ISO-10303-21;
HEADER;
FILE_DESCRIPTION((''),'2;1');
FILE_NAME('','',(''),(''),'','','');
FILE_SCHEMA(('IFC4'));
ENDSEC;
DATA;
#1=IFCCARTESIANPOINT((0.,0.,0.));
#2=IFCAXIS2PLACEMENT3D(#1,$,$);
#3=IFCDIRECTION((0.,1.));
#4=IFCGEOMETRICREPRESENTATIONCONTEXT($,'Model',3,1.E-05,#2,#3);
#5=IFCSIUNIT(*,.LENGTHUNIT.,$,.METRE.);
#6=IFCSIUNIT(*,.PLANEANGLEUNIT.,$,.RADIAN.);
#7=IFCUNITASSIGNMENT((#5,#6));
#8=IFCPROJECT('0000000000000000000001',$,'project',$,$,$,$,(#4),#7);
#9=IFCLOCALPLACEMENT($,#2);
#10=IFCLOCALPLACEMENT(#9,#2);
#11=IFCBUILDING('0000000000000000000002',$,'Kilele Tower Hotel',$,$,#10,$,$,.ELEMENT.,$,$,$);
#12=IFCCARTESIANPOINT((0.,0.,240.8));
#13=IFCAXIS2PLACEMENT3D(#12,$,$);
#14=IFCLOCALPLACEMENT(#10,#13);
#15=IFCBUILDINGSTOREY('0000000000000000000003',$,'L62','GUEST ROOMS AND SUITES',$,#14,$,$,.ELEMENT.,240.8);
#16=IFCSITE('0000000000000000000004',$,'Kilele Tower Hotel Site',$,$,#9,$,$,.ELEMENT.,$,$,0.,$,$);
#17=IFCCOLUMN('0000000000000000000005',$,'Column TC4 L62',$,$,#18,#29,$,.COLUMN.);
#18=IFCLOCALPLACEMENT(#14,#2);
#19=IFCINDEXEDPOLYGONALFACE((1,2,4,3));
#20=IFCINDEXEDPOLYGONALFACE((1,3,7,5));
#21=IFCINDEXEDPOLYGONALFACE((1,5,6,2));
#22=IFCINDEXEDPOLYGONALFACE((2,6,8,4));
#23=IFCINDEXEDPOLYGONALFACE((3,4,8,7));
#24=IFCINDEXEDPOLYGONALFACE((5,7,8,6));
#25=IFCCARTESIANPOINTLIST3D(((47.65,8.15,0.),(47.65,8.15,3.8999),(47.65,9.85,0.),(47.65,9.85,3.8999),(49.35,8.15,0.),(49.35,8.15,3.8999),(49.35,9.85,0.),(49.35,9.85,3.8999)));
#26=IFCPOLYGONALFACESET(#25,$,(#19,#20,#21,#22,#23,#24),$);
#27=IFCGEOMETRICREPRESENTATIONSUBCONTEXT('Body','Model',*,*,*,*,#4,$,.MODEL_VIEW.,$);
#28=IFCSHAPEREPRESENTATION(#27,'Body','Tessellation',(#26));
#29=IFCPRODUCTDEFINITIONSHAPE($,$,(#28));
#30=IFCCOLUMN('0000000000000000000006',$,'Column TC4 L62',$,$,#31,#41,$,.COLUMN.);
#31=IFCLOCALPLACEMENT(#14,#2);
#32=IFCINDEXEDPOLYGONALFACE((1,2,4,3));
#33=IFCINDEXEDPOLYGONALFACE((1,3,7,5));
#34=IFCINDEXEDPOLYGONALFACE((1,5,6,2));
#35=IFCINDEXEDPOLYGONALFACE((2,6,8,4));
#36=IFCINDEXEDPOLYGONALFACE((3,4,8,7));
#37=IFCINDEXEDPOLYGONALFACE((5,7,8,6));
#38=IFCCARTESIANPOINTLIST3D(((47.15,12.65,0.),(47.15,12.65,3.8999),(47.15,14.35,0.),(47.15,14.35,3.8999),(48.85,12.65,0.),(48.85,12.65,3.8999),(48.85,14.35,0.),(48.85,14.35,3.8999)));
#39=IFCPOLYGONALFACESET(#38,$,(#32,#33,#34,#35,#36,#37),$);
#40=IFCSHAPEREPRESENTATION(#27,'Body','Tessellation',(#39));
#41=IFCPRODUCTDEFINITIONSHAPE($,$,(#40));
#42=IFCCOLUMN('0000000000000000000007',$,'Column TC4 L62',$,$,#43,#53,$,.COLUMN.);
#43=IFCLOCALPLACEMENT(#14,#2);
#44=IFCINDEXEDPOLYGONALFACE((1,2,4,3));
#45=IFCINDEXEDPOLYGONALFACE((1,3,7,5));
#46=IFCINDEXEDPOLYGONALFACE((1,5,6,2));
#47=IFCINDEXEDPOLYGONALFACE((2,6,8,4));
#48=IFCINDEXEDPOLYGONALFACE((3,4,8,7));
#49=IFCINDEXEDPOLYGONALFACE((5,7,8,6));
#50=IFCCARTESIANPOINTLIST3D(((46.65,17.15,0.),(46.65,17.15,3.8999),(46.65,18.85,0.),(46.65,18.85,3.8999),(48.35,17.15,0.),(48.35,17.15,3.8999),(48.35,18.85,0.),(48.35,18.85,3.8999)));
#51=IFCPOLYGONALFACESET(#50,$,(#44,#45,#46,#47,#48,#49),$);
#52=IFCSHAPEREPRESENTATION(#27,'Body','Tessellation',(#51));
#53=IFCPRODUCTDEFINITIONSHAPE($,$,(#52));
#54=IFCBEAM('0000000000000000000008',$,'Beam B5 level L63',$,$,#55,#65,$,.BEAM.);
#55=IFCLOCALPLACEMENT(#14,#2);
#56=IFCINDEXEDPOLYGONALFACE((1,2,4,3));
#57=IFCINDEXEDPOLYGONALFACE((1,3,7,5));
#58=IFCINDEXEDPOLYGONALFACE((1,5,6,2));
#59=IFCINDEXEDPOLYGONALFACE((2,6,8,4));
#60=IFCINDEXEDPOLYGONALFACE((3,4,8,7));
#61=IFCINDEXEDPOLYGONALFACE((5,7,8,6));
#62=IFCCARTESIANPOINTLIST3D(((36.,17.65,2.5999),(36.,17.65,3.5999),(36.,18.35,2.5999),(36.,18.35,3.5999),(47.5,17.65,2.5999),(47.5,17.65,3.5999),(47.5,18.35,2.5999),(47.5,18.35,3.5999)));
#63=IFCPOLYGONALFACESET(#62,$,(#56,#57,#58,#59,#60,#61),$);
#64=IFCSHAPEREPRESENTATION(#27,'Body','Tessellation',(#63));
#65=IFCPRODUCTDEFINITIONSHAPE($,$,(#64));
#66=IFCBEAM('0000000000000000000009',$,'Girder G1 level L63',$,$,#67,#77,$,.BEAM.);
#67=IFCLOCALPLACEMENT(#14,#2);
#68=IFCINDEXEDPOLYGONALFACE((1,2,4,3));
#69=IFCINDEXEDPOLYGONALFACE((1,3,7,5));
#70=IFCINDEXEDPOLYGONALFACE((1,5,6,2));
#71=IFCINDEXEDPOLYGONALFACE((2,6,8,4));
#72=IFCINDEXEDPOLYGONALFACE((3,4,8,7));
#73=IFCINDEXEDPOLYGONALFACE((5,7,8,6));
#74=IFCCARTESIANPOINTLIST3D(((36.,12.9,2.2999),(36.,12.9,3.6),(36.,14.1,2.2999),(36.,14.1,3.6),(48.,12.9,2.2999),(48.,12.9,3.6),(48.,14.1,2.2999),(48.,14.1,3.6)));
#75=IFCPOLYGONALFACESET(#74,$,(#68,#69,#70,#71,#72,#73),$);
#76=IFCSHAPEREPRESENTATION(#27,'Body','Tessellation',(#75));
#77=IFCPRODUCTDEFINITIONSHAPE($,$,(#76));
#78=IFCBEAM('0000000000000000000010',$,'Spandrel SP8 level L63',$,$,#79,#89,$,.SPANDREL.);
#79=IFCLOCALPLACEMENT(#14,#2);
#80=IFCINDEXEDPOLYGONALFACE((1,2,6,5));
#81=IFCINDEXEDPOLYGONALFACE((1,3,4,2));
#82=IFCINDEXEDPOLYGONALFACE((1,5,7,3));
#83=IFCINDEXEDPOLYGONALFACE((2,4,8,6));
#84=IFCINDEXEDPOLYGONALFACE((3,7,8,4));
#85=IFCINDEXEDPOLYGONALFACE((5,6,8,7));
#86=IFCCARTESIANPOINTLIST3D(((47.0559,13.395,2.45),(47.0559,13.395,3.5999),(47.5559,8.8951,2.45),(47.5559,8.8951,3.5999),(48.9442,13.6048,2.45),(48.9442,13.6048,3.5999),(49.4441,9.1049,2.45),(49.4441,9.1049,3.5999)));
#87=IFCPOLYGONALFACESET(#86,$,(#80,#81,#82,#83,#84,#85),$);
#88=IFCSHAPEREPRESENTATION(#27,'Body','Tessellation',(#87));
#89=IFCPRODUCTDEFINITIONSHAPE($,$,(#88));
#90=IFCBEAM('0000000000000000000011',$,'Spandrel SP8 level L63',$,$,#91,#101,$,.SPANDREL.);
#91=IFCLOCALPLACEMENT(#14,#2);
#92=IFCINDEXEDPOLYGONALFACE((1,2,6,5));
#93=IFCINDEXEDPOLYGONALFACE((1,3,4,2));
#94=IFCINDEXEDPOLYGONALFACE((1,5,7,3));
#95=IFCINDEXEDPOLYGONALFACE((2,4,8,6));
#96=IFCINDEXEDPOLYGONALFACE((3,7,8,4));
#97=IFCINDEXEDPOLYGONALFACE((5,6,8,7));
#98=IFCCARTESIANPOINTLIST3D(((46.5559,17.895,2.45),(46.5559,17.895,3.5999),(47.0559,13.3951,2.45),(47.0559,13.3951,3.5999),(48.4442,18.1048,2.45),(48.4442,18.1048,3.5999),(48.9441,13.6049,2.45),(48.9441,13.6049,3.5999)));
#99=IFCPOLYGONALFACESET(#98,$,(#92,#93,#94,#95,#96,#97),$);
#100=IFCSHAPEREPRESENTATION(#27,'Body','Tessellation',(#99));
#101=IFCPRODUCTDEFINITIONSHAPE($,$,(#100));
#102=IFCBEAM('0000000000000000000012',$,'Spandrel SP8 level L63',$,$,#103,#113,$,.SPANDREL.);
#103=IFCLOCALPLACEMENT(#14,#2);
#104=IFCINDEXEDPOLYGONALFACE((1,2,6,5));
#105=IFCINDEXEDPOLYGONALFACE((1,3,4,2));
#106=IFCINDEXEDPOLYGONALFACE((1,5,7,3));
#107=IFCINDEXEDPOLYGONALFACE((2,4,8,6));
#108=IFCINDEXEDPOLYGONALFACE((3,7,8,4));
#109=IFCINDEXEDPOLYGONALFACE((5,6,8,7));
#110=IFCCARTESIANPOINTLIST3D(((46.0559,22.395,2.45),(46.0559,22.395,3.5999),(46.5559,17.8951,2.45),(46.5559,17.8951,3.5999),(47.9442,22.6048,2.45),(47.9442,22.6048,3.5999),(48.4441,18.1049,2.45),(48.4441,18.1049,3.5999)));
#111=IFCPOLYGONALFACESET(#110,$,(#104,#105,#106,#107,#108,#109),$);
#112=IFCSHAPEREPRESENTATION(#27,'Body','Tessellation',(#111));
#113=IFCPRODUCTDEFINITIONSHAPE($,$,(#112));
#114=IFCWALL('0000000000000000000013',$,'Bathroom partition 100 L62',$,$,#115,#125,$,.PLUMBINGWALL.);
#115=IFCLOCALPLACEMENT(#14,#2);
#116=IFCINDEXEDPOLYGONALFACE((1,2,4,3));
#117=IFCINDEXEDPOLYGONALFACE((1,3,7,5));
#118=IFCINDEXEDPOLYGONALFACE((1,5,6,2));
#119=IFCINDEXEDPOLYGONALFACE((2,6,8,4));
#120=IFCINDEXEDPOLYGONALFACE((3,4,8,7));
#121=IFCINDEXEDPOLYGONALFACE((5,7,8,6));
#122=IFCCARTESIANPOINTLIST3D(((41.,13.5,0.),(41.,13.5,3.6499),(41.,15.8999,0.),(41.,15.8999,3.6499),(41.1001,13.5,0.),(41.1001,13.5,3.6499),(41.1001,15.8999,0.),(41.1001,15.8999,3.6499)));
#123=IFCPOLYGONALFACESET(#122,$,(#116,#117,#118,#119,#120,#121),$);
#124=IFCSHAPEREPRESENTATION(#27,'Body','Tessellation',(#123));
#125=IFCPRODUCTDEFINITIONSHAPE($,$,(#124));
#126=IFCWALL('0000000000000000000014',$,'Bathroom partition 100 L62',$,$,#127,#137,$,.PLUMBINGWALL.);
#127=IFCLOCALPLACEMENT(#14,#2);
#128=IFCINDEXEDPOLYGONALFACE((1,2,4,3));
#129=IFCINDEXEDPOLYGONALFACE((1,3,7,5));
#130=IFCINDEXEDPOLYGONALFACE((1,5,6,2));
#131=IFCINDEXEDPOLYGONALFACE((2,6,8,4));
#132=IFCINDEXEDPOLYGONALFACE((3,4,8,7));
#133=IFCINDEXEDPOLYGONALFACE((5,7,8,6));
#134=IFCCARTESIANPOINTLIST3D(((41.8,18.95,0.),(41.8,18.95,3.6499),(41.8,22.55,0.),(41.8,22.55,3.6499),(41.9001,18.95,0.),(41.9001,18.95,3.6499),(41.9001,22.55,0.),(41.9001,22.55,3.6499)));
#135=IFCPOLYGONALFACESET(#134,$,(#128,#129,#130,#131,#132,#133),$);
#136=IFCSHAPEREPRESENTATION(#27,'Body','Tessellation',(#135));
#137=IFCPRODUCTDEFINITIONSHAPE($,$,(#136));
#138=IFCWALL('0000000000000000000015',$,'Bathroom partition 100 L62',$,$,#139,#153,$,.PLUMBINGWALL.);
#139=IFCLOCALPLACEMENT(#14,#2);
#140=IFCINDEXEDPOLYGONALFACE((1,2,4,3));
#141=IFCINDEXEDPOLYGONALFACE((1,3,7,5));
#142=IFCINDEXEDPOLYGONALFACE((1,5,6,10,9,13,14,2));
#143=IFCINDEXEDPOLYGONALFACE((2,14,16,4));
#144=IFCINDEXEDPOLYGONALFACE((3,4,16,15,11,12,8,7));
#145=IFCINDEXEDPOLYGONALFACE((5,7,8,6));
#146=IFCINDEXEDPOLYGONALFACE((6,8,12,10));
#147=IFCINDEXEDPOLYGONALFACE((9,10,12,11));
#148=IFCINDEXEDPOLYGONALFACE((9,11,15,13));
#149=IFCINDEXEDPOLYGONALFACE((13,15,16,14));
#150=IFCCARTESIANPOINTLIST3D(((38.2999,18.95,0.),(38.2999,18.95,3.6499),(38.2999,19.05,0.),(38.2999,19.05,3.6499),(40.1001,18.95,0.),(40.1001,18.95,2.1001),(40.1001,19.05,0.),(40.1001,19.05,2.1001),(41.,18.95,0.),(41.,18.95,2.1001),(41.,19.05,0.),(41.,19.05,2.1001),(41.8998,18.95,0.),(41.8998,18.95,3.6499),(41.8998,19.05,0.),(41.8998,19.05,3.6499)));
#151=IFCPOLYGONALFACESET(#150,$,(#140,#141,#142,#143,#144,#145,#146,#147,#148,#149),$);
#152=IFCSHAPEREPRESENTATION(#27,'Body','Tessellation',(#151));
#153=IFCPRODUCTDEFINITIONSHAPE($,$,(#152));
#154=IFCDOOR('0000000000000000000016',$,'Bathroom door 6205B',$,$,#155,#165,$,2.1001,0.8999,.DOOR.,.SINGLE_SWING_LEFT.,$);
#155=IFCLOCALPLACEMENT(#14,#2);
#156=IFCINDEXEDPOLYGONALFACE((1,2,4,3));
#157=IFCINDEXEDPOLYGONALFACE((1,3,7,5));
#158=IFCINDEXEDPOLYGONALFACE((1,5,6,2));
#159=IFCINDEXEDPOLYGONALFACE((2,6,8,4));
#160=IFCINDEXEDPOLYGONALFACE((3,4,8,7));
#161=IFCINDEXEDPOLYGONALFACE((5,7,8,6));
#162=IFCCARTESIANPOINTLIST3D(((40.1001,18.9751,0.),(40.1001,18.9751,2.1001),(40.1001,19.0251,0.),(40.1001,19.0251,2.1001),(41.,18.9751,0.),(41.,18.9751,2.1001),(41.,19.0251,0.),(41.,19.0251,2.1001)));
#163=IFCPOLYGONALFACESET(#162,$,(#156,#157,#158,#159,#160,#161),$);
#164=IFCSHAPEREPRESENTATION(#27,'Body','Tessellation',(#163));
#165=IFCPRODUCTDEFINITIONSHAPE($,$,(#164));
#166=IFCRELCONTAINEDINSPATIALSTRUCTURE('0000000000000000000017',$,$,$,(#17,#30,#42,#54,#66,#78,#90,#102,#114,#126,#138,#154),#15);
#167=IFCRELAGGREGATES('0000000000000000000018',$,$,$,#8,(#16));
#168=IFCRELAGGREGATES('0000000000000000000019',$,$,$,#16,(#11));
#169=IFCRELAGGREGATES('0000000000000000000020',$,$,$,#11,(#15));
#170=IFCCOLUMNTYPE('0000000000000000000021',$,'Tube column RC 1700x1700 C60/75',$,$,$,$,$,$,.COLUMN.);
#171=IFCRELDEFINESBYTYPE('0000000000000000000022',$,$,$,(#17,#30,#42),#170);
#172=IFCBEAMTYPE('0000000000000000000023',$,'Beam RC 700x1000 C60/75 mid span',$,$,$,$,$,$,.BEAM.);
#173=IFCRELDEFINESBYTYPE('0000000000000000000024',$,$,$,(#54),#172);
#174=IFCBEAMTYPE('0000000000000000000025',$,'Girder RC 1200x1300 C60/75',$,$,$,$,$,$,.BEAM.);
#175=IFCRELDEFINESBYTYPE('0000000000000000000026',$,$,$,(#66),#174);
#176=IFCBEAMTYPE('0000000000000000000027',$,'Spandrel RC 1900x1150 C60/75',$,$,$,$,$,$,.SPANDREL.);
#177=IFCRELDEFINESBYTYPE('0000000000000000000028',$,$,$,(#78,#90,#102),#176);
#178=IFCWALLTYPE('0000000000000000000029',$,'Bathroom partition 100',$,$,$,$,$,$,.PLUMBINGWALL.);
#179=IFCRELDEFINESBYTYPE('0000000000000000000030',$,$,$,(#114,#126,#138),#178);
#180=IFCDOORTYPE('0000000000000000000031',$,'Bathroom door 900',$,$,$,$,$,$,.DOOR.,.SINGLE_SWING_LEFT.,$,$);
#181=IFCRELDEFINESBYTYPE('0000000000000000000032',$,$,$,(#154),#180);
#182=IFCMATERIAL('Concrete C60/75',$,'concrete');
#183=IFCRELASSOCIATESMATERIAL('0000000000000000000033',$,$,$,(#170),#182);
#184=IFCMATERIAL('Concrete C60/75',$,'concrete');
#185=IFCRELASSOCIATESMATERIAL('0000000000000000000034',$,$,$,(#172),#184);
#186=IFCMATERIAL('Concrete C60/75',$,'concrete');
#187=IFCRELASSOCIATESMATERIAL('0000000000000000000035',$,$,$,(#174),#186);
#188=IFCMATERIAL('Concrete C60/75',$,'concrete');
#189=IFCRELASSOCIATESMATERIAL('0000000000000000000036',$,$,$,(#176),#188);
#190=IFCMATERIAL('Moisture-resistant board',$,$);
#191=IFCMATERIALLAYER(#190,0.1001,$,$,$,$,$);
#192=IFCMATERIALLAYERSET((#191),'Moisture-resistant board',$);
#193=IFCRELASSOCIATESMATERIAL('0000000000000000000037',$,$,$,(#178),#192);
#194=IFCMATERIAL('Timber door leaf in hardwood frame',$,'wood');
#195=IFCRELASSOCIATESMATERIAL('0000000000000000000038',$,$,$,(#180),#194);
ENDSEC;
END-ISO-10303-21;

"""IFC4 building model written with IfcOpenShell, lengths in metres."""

from ifc_helpers import new_model, si_unit, direction, frame, frame_2d, origin, origin_2d, place, context, subcontext, project, spatial, rectangle, extrude, material, layer, layer_set, material_profile, profile_set, type_object, element, fill, save


model = new_model("IFC4")

# Units and contexts
model_context = context("Model", 3, precision=1e-05, world=origin(), true_north=direction((0.0, 1.0)))
body_context = subcontext(model_context, "Body", "Model", "MODEL_VIEW")
ifc_project = project(units=[si_unit("LENGTHUNIT", "METRE"), si_unit("PLANEANGLEUNIT", "RADIAN")], contexts=[model_context])

# Site, building, storey
site_placement = place(None, origin())
site = spatial("IfcSite", under=ifc_project, at=site_placement, Name="Kilele Tower Hotel Site", CompositionType="ELEMENT", RefElevation=0.0)
building_placement = place(site_placement, origin())
building = spatial("IfcBuilding", under=site, at=building_placement, Name="Kilele Tower Hotel", CompositionType="ELEMENT")
storey_placement = place(building_placement, frame((0.0, 0.0, 240.8)))
storey = spatial("IfcBuildingStorey", under=building, at=storey_placement, Name="L62", Description="GUEST ROOMS AND SUITES", CompositionType="ELEMENT", Elevation=240.8)

# Columns
ifc_material_1 = material(Name="Concrete C60/75", Category="concrete")
ifc_material_profile_1 = material_profile(ifc_material_1, rectangle(XDim=1.7, YDim=1.7, at=origin_2d()))
ifc_profile_set_1 = profile_set([ifc_material_profile_1], Name="Concrete C60/75")
column_type = type_object("IfcColumnType", Name="Tube column RC 1700x1700 C60/75", PredefinedType="COLUMN", material=ifc_profile_set_1)
for number, where, z_axis, x_axis, name in (
    (1, (48.5, 9.0, 0.0), (0.0, 0.0, 1.0), (1.0, 0.0, 0.0), "Column TC4 L62"),
    (2, (48.0, 13.5, 0.0), (0.0, 0.0, 1.0), (1.0, 0.0, 0.0), "Column TC4 L62"),
    (3, (47.5, 18.0, 0.0), (0.0, 0.0, 1.0), (1.0, 0.0, 0.0), "Column TC4 L62"),
):
    element("IfcColumn", number, at=place(storey_placement, frame(where, z_axis=z_axis, x_axis=x_axis)), inside=storey, type_object=column_type, Name=name, PredefinedType="COLUMN", context=body_context, shape_type="SweptSolid", body=[
        extrude(rectangle(XDim=1.7, YDim=1.7, at=origin_2d()), origin(), (0.0, 0.0, 1.0), 3.8999),
    ])

# Beams
ifc_material_2 = material(Name="Concrete C60/75", Category="concrete")
ifc_material_profile_2 = material_profile(ifc_material_2, rectangle(XDim=0.7, YDim=1.0, at=origin_2d()))
ifc_profile_set_2 = profile_set([ifc_material_profile_2], Name="Concrete C60/75")
beam_type_1 = type_object("IfcBeamType", Name="Beam RC 700x1000 C60/75 mid span", PredefinedType="BEAM", material=ifc_profile_set_2)
beam_1_placement = place(storey_placement, frame((47.5, 18.0, 3.0999), z_axis=(-1.0, 0.0, 0.0), x_axis=(0.0, -1.0, 0.0)))
element("IfcBeam", 4, at=beam_1_placement, inside=storey, type_object=beam_type_1, Name="Beam B5 level L63", PredefinedType="BEAM", context=body_context, shape_type="SweptSolid", body=[
    extrude(rectangle(XDim=0.7, YDim=1.0, at=origin_2d()), origin(), (0.0, 0.0, 1.0), 11.5),
])
ifc_material_3 = material(Name="Concrete C60/75", Category="concrete")
ifc_material_profile_3 = material_profile(ifc_material_3, rectangle(XDim=1.2, YDim=1.3, at=origin_2d()))
ifc_profile_set_3 = profile_set([ifc_material_profile_3], Name="Concrete C60/75")
beam_type_2 = type_object("IfcBeamType", Name="Girder RC 1200x1300 C60/75", PredefinedType="BEAM", material=ifc_profile_set_3)
beam_2_placement = place(storey_placement, frame((48.0, 13.5, 2.95), z_axis=(-1.0, 0.0, 0.0), x_axis=(0.0, -1.0, 0.0)))
element("IfcBeam", 5, at=beam_2_placement, inside=storey, type_object=beam_type_2, Name="Girder G1 level L63", PredefinedType="BEAM", context=body_context, shape_type="SweptSolid", body=[
    extrude(rectangle(XDim=1.2, YDim=1.3, at=origin_2d()), origin(), (0.0, 0.0, 1.0), 12.0),
])
ifc_material_4 = material(Name="Concrete C60/75", Category="concrete")
ifc_material_profile_4 = material_profile(ifc_material_4, rectangle(XDim=1.8999, YDim=1.1499, at=origin_2d()))
ifc_profile_set_4 = profile_set([ifc_material_profile_4], Name="Concrete C60/75")
beam_type_3 = type_object("IfcBeamType", Name="Spandrel RC 1900x1150 C60/75", PredefinedType="SPANDREL", material=ifc_profile_set_4)
for number, where, z_axis, x_axis, name in (
    (6, (48.5, 9.0, 3.0249), (-0.110432, 0.993884, 0.0), (-0.993884, -0.110432, 0.0), "Spandrel SP8 level L63"),
    (7, (48.0, 13.5, 3.0249), (-0.110432, 0.993884, 0.0), (-0.993884, -0.110432, 0.0), "Spandrel SP8 level L63"),
    (8, (47.5, 18.0, 3.0249), (-0.110432, 0.993884, 0.0), (-0.993884, -0.110432, 0.0), "Spandrel SP8 level L63"),
):
    element("IfcBeam", number, at=place(storey_placement, frame(where, z_axis=z_axis, x_axis=x_axis)), inside=storey, type_object=beam_type_3, Name=name, PredefinedType="SPANDREL", context=body_context, shape_type="SweptSolid", body=[
        extrude(rectangle(XDim=1.8999, YDim=1.1499, at=origin_2d()), origin(), (0.0, 0.0, 1.0), 4.5276),
    ])

# Walls
ifc_material_5 = material(Name="Moisture-resistant board")
ifc_layer_1 = layer(ifc_material_5, 0.1001)
ifc_layer_set_1 = layer_set([ifc_layer_1], Name="Moisture-resistant board")
wall_type_1 = type_object("IfcWallType", Name="Bathroom partition 100", PredefinedType="PLUMBINGWALL", material=ifc_layer_set_1)
wall_1_placement = place(storey_placement, frame((41.05, 13.5, 0.0), z_axis=(0.0, 0.0, 1.0), x_axis=(0.0, 1.0, 0.0)))
element("IfcWall", 9, at=wall_1_placement, inside=storey, type_object=wall_type_1, Name="Bathroom partition 100 L62", PredefinedType="PLUMBINGWALL", context=body_context, shape_type="SweptSolid", body=[
    extrude(rectangle(XDim=2.3999, YDim=0.1001, at=frame_2d((1.2, 0.0))), origin(), (0.0, 0.0, 1.0), 3.6499),
])
wall_2_placement = place(storey_placement, frame((41.8501, 18.95, 0.0), z_axis=(0.0, 0.0, 1.0), x_axis=(0.0, 1.0, 0.0)))
element("IfcWall", 10, at=wall_2_placement, inside=storey, type_object=wall_type_1, Name="Bathroom partition 100 L62", PredefinedType="PLUMBINGWALL", context=body_context, shape_type="SweptSolid", body=[
    extrude(rectangle(XDim=3.6001, YDim=0.1001, at=frame_2d((1.8, 0.0))), origin(), (0.0, 0.0, 1.0), 3.6499),
])

# Wall, opening, door
wall_3_placement = place(storey_placement, frame((38.3, 19.0, 0.0), z_axis=(0.0, 0.0, 1.0), x_axis=(1.0, 0.0, 0.0)))
wall_3 = element("IfcWall", 11, at=wall_3_placement, inside=storey, type_object=wall_type_1, Name="Bathroom partition 100 L62", PredefinedType="PLUMBINGWALL", context=body_context, shape_type="SweptSolid", body=[
    extrude(rectangle(XDim=3.5999, YDim=0.1001, at=frame_2d((1.7998, 0.0))), origin(), (0.0, 0.0, 1.0), 3.6499),
])
opening_1_placement = place(wall_3_placement, frame((2.7, 0.0, 0.0), z_axis=(0.0, 0.0, 1.0), x_axis=(-1.0, 0.0, 0.0)))
opening_1 = element("IfcOpeningElement", 12, at=opening_1_placement, cuts=wall_3, PredefinedType="OPENING", context=body_context, shape_type="SweptSolid", body=[
    extrude(rectangle(XDim=0.8999, YDim=2.1001, at=frame_2d((0.45, 1.05))), frame((0.0, 0.0601, 0.0), z_axis=(0.0, -1.0, 0.0), x_axis=(1.0, 0.0, 0.0)), (0.0, 0.0, 1.0), 0.1201),
])
ifc_material_6 = material(Name="Timber door leaf in hardwood frame", Category="wood")
door_type_1 = type_object("IfcDoorType", Name="Bathroom door 900", OperationType="SINGLE_SWING_LEFT", PredefinedType="DOOR", material=ifc_material_6)
door_1_placement = place(opening_1_placement, origin())
door_1 = element("IfcDoor", 13, at=door_1_placement, inside=storey, type_object=door_type_1, Name="Bathroom door 6205B", OperationType="SINGLE_SWING_LEFT", OverallHeight=2.1001, OverallWidth=0.8999, PredefinedType="DOOR", context=body_context, shape_type="SweptSolid", body=[
    extrude(rectangle(XDim=0.8999, YDim=2.1001, at=frame_2d((0.45, 1.05))), frame((0.0, 0.0249, 0.0), z_axis=(0.0, -1.0, 0.0), x_axis=(1.0, 0.0, 0.0)), (0.0, 0.0, 1.0), 0.05),
])
fill(opening_1, door_1)

save(model, "model.ifc")
